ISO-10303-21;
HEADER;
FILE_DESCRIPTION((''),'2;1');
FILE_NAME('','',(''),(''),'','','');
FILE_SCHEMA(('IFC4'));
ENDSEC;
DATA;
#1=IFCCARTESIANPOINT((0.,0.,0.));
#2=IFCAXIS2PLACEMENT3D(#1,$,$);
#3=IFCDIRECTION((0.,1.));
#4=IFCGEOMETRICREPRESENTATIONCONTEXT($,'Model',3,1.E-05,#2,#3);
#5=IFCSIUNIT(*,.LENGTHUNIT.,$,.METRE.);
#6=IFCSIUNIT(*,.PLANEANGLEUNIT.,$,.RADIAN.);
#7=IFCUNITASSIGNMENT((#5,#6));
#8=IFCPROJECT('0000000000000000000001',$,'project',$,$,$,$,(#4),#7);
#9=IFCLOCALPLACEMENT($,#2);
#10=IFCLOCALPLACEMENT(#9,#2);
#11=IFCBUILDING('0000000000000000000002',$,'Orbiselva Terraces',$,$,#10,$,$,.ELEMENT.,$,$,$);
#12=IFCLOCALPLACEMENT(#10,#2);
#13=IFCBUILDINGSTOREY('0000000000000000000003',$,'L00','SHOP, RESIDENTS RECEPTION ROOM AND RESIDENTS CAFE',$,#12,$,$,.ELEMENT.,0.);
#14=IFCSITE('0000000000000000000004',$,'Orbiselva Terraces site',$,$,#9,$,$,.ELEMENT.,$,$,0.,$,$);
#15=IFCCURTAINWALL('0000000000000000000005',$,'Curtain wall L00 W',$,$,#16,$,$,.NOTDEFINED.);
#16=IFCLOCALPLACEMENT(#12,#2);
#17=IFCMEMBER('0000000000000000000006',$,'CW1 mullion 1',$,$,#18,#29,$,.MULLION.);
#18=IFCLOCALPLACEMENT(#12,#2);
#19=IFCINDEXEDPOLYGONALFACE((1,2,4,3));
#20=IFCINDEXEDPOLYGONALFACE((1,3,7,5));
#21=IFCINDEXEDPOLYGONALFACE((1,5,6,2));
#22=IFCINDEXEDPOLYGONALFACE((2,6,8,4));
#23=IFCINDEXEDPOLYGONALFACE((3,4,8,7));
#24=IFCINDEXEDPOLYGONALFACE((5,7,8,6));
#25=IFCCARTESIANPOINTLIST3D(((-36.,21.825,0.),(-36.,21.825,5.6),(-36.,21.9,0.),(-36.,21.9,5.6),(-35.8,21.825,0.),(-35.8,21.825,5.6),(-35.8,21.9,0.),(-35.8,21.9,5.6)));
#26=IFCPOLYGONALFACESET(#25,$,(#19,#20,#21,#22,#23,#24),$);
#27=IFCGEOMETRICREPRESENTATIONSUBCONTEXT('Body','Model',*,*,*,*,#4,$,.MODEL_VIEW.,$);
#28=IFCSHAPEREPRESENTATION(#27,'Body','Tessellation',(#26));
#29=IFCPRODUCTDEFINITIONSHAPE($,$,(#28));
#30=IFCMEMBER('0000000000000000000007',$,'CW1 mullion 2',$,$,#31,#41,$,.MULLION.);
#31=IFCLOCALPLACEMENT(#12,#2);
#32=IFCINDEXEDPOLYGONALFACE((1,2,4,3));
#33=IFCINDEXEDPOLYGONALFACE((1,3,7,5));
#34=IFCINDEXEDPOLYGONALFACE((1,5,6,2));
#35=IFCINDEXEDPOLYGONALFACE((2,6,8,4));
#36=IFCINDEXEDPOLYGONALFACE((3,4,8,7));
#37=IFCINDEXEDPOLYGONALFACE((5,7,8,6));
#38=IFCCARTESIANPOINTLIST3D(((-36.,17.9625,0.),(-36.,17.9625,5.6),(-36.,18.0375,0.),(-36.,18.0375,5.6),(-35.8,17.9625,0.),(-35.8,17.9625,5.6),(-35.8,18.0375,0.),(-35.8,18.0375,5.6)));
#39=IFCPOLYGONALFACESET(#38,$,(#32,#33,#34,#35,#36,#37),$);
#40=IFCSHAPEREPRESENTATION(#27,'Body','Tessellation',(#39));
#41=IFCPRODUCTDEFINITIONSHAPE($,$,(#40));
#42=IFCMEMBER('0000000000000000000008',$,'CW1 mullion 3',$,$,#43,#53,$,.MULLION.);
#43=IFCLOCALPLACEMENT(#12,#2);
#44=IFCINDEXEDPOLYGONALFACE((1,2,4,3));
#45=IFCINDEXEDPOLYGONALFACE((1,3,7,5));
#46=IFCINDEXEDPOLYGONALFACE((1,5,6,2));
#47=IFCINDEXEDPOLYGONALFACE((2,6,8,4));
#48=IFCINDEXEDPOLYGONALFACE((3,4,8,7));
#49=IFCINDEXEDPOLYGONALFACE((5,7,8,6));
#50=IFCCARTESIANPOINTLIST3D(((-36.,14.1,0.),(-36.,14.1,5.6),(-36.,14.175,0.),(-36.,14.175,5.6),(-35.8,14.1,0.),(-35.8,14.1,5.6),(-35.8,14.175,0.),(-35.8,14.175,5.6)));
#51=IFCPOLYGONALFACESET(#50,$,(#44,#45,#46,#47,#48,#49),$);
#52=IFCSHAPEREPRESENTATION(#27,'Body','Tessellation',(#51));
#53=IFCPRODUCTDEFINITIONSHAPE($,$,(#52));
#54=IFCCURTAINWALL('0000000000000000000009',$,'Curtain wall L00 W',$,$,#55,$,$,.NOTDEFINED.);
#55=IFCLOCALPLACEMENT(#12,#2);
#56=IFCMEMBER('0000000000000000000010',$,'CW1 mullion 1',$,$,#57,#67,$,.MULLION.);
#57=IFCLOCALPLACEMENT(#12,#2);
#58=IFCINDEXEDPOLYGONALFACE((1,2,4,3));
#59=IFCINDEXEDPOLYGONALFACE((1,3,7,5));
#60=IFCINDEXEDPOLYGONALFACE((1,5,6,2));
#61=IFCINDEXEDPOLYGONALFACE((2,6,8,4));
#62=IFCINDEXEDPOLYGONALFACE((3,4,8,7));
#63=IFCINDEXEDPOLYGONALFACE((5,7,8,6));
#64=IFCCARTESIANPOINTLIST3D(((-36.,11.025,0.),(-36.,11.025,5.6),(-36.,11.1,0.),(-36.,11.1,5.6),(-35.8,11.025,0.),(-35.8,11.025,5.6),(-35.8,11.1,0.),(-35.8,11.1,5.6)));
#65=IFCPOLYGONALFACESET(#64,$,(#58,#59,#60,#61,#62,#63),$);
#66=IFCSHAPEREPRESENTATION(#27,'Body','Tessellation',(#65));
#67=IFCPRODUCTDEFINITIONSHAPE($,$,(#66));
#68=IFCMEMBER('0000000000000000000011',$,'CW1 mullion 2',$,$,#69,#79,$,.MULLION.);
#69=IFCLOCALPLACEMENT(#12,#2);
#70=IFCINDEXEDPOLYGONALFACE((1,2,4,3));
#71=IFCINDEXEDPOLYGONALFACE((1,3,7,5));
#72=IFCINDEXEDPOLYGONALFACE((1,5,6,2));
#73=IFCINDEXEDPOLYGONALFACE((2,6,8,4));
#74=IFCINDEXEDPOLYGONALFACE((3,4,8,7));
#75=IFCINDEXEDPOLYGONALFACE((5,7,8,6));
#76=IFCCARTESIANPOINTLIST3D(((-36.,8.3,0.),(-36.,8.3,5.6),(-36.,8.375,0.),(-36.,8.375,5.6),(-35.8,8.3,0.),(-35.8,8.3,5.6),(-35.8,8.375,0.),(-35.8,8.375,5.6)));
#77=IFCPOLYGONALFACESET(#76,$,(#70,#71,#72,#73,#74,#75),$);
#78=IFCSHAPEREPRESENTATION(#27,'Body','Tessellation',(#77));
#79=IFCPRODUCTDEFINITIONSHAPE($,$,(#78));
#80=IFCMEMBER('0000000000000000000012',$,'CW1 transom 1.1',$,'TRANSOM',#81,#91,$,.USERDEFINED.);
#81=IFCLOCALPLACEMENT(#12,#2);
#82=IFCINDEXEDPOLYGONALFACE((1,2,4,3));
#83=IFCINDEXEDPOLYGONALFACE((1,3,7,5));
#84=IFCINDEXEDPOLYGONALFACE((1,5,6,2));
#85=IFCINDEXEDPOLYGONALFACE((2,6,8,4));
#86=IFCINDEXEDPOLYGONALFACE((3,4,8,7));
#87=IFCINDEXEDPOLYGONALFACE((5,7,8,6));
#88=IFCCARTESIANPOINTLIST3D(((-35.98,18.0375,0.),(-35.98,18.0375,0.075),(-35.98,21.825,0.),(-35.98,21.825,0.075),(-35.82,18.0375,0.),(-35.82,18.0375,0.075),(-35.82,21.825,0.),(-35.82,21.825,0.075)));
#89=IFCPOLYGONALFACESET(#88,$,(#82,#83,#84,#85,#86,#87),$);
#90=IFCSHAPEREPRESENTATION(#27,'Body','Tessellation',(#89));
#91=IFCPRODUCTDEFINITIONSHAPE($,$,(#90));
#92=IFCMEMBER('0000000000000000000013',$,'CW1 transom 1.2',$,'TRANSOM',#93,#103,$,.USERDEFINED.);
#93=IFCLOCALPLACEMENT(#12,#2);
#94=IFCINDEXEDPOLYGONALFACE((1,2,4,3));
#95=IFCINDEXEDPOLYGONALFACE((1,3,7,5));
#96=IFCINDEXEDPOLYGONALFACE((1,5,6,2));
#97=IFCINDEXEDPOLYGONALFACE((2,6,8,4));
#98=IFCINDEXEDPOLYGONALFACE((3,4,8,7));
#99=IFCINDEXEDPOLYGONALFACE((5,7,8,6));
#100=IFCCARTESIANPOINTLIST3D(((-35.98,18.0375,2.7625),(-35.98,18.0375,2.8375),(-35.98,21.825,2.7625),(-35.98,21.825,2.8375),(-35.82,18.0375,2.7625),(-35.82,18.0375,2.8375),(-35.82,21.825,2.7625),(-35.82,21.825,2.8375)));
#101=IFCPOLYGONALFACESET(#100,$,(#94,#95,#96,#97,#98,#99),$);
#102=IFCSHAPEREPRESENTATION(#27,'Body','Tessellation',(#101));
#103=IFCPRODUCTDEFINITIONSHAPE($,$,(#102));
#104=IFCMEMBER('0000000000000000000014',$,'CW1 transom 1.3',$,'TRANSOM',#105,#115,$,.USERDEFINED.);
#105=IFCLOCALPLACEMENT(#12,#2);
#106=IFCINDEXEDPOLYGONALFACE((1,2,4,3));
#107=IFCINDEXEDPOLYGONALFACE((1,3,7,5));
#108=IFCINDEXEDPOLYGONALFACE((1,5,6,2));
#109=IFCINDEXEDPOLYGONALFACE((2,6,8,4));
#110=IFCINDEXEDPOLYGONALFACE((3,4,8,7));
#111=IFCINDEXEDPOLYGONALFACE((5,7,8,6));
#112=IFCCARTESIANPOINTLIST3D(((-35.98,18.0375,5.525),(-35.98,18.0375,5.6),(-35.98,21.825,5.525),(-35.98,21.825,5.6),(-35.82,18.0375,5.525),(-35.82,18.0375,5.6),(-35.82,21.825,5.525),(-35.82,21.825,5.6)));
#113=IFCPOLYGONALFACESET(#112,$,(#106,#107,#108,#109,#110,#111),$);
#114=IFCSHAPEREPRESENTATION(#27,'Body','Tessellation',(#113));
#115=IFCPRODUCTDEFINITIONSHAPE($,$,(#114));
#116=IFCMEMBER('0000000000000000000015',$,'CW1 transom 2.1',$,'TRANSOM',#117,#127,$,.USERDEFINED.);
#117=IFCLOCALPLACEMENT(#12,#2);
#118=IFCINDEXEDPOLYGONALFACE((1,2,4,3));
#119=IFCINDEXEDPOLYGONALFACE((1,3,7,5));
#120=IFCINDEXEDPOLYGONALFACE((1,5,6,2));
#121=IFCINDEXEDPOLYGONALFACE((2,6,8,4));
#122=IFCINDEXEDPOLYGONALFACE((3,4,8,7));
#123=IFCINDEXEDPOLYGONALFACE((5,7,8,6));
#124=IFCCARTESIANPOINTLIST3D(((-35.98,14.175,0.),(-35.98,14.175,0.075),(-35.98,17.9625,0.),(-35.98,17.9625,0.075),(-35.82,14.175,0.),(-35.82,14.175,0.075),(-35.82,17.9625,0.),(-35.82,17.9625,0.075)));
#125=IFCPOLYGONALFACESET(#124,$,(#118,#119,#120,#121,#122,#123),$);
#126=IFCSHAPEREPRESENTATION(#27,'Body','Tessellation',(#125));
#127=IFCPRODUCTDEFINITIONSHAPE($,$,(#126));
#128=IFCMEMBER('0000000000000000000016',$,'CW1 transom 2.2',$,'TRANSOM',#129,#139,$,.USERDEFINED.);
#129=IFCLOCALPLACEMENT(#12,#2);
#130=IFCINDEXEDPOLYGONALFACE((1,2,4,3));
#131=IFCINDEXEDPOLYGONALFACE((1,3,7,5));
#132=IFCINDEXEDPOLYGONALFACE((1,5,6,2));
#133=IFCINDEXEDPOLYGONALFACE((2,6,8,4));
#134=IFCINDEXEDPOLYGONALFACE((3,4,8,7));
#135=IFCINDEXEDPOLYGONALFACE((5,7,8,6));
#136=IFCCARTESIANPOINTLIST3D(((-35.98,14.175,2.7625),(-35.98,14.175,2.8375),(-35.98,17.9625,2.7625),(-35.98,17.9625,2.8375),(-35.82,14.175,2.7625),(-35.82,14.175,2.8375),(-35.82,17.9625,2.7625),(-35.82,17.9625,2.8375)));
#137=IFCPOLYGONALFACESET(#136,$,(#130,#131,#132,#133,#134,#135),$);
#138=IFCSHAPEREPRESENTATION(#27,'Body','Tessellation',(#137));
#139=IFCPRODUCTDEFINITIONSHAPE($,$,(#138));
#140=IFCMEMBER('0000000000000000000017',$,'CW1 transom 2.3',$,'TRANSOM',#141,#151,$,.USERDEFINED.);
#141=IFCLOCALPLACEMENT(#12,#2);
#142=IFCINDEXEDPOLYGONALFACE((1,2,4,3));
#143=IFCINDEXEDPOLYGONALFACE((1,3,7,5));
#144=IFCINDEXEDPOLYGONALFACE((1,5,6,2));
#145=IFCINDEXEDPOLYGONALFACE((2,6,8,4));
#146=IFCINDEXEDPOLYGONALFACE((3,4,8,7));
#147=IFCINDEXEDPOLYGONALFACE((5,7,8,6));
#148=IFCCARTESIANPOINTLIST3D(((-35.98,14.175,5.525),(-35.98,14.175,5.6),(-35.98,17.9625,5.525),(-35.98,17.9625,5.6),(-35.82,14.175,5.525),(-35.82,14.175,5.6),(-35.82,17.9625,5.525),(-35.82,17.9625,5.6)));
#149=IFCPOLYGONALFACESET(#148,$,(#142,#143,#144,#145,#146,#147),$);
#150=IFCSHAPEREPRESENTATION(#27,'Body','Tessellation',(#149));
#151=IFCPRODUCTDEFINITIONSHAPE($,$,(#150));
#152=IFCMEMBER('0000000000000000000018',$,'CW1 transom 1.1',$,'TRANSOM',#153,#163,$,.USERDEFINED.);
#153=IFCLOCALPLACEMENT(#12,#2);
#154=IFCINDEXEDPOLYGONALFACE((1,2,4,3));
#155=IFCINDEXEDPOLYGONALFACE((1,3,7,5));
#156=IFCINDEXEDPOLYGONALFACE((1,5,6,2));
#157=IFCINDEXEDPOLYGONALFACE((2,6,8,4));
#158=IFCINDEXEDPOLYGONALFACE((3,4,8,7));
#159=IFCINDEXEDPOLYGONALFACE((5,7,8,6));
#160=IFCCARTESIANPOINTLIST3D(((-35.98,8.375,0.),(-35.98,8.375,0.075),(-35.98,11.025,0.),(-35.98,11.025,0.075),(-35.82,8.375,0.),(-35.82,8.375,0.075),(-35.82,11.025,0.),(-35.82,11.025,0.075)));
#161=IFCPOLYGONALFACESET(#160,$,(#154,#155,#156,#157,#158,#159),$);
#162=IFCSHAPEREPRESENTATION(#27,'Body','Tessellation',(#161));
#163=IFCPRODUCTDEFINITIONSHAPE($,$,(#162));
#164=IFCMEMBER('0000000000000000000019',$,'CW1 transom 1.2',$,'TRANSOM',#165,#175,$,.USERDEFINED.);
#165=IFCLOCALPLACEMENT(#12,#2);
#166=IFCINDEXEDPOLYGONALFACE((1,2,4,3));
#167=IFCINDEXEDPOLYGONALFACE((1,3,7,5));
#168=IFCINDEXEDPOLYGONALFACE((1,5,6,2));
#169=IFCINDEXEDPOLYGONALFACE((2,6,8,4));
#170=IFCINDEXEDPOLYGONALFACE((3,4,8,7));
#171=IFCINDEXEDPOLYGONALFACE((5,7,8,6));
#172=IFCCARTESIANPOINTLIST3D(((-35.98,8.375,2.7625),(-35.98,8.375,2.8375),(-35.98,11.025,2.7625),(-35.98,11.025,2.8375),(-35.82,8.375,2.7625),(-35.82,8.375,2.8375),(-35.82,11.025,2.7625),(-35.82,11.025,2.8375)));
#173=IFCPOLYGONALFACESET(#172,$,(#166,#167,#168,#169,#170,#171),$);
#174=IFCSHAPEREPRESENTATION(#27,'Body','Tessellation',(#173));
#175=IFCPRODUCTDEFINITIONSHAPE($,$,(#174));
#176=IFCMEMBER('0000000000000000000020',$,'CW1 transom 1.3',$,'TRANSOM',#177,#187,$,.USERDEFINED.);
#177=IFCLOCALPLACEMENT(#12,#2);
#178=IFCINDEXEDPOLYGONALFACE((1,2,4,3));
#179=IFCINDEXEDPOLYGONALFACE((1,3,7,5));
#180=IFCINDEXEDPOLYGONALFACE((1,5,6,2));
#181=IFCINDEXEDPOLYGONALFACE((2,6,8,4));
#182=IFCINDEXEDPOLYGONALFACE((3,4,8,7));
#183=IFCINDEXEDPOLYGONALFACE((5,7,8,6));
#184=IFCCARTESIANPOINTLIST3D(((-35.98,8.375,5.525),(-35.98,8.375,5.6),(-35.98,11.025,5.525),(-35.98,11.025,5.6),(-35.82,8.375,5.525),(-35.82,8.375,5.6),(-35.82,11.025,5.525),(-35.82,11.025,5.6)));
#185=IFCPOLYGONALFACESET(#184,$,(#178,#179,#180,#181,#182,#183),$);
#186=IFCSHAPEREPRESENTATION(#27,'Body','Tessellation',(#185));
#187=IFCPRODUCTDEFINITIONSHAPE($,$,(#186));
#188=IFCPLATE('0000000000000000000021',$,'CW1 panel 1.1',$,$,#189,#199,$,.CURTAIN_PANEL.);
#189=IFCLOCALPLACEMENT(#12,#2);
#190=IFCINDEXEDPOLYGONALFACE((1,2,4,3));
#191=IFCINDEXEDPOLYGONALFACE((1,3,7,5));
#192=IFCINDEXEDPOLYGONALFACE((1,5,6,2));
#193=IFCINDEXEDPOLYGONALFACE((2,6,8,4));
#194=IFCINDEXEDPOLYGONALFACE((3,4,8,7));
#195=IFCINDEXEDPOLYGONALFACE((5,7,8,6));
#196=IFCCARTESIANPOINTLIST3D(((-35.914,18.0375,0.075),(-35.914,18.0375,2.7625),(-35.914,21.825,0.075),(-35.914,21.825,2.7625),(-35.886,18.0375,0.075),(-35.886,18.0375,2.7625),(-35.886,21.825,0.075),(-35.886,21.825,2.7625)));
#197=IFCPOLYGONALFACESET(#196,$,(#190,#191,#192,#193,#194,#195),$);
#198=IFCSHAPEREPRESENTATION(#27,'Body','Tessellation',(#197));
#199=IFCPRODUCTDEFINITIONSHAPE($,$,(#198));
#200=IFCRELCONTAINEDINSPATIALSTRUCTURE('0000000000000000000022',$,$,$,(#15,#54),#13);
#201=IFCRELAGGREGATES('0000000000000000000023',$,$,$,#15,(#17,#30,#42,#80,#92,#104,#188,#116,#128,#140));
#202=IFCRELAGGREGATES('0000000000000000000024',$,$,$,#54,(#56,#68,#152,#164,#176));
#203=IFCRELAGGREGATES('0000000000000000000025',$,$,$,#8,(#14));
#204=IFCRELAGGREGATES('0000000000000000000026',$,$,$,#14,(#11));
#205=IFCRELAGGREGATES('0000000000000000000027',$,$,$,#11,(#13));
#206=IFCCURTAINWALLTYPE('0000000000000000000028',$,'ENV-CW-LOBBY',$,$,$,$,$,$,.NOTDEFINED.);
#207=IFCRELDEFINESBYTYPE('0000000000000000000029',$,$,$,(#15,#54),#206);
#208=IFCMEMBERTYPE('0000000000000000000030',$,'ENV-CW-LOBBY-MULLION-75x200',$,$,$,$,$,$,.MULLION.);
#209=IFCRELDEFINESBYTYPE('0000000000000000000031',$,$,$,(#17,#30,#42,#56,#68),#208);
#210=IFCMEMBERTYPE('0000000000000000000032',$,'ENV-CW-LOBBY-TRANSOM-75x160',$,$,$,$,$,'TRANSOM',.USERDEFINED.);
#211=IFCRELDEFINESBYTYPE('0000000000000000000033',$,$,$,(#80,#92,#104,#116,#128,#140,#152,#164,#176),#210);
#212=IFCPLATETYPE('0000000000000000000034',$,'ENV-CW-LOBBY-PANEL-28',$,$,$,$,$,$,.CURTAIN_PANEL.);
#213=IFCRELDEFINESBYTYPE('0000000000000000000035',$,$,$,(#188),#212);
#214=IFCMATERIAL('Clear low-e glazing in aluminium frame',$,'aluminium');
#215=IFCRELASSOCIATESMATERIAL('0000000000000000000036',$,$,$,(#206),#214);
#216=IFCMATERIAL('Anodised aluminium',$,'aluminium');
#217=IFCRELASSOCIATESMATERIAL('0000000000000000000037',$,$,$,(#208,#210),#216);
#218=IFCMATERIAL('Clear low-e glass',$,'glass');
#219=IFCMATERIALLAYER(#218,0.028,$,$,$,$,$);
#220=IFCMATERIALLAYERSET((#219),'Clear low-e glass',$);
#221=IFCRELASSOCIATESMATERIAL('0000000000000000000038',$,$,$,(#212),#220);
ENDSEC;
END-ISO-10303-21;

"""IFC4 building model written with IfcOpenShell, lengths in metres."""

from ifc_helpers import new_model, si_unit, direction, frame, origin, origin_2d, place, context, subcontext, project, spatial, rectangle, extrude, material, layer, layer_set, material_profile, profile_set, type_object, element, aggregate, save


model = new_model("IFC4")

# Units and contexts
model_context = context("Model", 3, precision=1e-05, world=origin(), true_north=direction((0.0, 1.0)))
body_context = subcontext(model_context, "Body", "Model", "MODEL_VIEW")
ifc_project = project(units=[si_unit("LENGTHUNIT", "METRE"), si_unit("PLANEANGLEUNIT", "RADIAN")], contexts=[model_context])

# Site, building, storey
site_placement = place(None, origin())
site = spatial("IfcSite", under=ifc_project, at=site_placement, Name="Orbiselva Terraces site", CompositionType="ELEMENT", RefElevation=0.0)
building_placement = place(site_placement, origin())
building = spatial("IfcBuilding", under=site, at=building_placement, Name="Orbiselva Terraces", CompositionType="ELEMENT")
storey_placement = place(building_placement, origin())
storey = spatial("IfcBuildingStorey", under=building, at=storey_placement, Name="L00", Description="SHOP, RESIDENTS RECEPTION ROOM AND RESIDENTS CAFE", CompositionType="ELEMENT", Elevation=0.0)

# Curtain walls, members
ifc_material_1 = material(Name="Clear low-e glazing in aluminium frame", Category="aluminium")
curtain_wall_type = type_object("IfcCurtainWallType", Name="ENV-CW-LOBBY", PredefinedType="NOTDEFINED", material=ifc_material_1)
curtain_wall_1_placement = place(storey_placement, origin())
curtain_wall_1 = element("IfcCurtainWall", 1, at=curtain_wall_1_placement, inside=storey, type_object=curtain_wall_type, Name="Curtain wall L00 W", PredefinedType="NOTDEFINED")
ifc_material_2 = material(Name="Anodised aluminium", Category="aluminium")
ifc_material_profile_1 = material_profile(ifc_material_2, rectangle(XDim=0.2, YDim=0.075, at=origin_2d()), Name="AL 75x200")
ifc_profile_set_1 = profile_set([ifc_material_profile_1], Name="Anodised aluminium")
member_type_1 = type_object("IfcMemberType", Name="ENV-CW-LOBBY-MULLION-75x200", PredefinedType="MULLION", material=ifc_profile_set_1)
member_1_placement = place(storey_placement, frame((-35.9, 21.8625, 0.0), z_axis=(0.0, 0.0, 1.0), x_axis=(1.0, 0.0, 0.0)))
member_1 = element("IfcMember", 2, at=member_1_placement, type_object=member_type_1, Name="CW1 mullion 1", PredefinedType="MULLION", context=body_context, shape_type="SweptSolid", body=[
    extrude(rectangle(XDim=0.2, YDim=0.075, at=origin_2d()), origin(), (0.0, 0.0, 1.0), 5.6),
])
member_2_placement = place(storey_placement, frame((-35.9, 18.0, 0.0), z_axis=(0.0, 0.0, 1.0), x_axis=(1.0, 0.0, 0.0)))
member_2 = element("IfcMember", 3, at=member_2_placement, type_object=member_type_1, Name="CW1 mullion 2", PredefinedType="MULLION", context=body_context, shape_type="SweptSolid", body=[
    extrude(rectangle(XDim=0.2, YDim=0.075, at=origin_2d()), origin(), (0.0, 0.0, 1.0), 5.6),
])
member_3_placement = place(storey_placement, frame((-35.9, 14.1375, 0.0), z_axis=(0.0, 0.0, 1.0), x_axis=(1.0, 0.0, 0.0)))
member_3 = element("IfcMember", 4, at=member_3_placement, type_object=member_type_1, Name="CW1 mullion 3", PredefinedType="MULLION", context=body_context, shape_type="SweptSolid", body=[
    extrude(rectangle(XDim=0.2, YDim=0.075, at=origin_2d()), origin(), (0.0, 0.0, 1.0), 5.6),
])
curtain_wall_2_placement = place(storey_placement, origin())
curtain_wall_2 = element("IfcCurtainWall", 5, at=curtain_wall_2_placement, inside=storey, type_object=curtain_wall_type, Name="Curtain wall L00 W", PredefinedType="NOTDEFINED")
member_4_placement = place(storey_placement, frame((-35.9, 11.0625, 0.0), z_axis=(0.0, 0.0, 1.0), x_axis=(1.0, 0.0, 0.0)))
member_4 = element("IfcMember", 6, at=member_4_placement, type_object=member_type_1, Name="CW1 mullion 1", PredefinedType="MULLION", context=body_context, shape_type="SweptSolid", body=[
    extrude(rectangle(XDim=0.2, YDim=0.075, at=origin_2d()), origin(), (0.0, 0.0, 1.0), 5.6),
])
member_5_placement = place(storey_placement, frame((-35.9, 8.3375, 0.0), z_axis=(0.0, 0.0, 1.0), x_axis=(1.0, 0.0, 0.0)))
member_5 = element("IfcMember", 7, at=member_5_placement, type_object=member_type_1, Name="CW1 mullion 2", PredefinedType="MULLION", context=body_context, shape_type="SweptSolid", body=[
    extrude(rectangle(XDim=0.2, YDim=0.075, at=origin_2d()), origin(), (0.0, 0.0, 1.0), 5.6),
])

# Members
ifc_material_profile_2 = material_profile(ifc_material_2, rectangle(XDim=0.16, YDim=0.075, at=origin_2d()), Name="AL 75x160")
ifc_profile_set_2 = profile_set([ifc_material_profile_2], Name="Anodised aluminium")
member_type_2 = type_object("IfcMemberType", Name="ENV-CW-LOBBY-TRANSOM-75x160", ElementType="TRANSOM", PredefinedType="USERDEFINED", material=ifc_profile_set_2)
member_6_placement = place(storey_placement, frame((-35.9, 21.825, 0.0375), z_axis=(0.0, -1.0, 0.0), x_axis=(1.0, 0.0, 0.0)))
member_6 = element("IfcMember", 8, at=member_6_placement, type_object=member_type_2, Name="CW1 transom 1.1", ObjectType="TRANSOM", PredefinedType="USERDEFINED", context=body_context, shape_type="SweptSolid", body=[
    extrude(rectangle(XDim=0.16, YDim=0.075, at=origin_2d()), origin(), (0.0, 0.0, 1.0), 3.7875),
])
member_7_placement = place(storey_placement, frame((-35.9, 21.825, 2.8), z_axis=(0.0, -1.0, 0.0), x_axis=(1.0, 0.0, 0.0)))
member_7 = element("IfcMember", 9, at=member_7_placement, type_object=member_type_2, Name="CW1 transom 1.2", ObjectType="TRANSOM", PredefinedType="USERDEFINED", context=body_context, shape_type="SweptSolid", body=[
    extrude(rectangle(XDim=0.16, YDim=0.075, at=origin_2d()), origin(), (0.0, 0.0, 1.0), 3.7875),
])
member_8_placement = place(storey_placement, frame((-35.9, 21.825, 5.5625), z_axis=(0.0, -1.0, 0.0), x_axis=(1.0, 0.0, 0.0)))
member_8 = element("IfcMember", 10, at=member_8_placement, type_object=member_type_2, Name="CW1 transom 1.3", ObjectType="TRANSOM", PredefinedType="USERDEFINED", context=body_context, shape_type="SweptSolid", body=[
    extrude(rectangle(XDim=0.16, YDim=0.075, at=origin_2d()), origin(), (0.0, 0.0, 1.0), 3.7875),
])
member_9_placement = place(storey_placement, frame((-35.9, 17.9625, 0.0375), z_axis=(0.0, -1.0, 0.0), x_axis=(1.0, 0.0, 0.0)))
member_9 = element("IfcMember", 11, at=member_9_placement, type_object=member_type_2, Name="CW1 transom 2.1", ObjectType="TRANSOM", PredefinedType="USERDEFINED", context=body_context, shape_type="SweptSolid", body=[
    extrude(rectangle(XDim=0.16, YDim=0.075, at=origin_2d()), origin(), (0.0, 0.0, 1.0), 3.7875),
])
member_10_placement = place(storey_placement, frame((-35.9, 17.9625, 2.8), z_axis=(0.0, -1.0, 0.0), x_axis=(1.0, 0.0, 0.0)))
member_10 = element("IfcMember", 12, at=member_10_placement, type_object=member_type_2, Name="CW1 transom 2.2", ObjectType="TRANSOM", PredefinedType="USERDEFINED", context=body_context, shape_type="SweptSolid", body=[
    extrude(rectangle(XDim=0.16, YDim=0.075, at=origin_2d()), origin(), (0.0, 0.0, 1.0), 3.7875),
])
member_11_placement = place(storey_placement, frame((-35.9, 17.9625, 5.5625), z_axis=(0.0, -1.0, 0.0), x_axis=(1.0, 0.0, 0.0)))
member_11 = element("IfcMember", 13, at=member_11_placement, type_object=member_type_2, Name="CW1 transom 2.3", ObjectType="TRANSOM", PredefinedType="USERDEFINED", context=body_context, shape_type="SweptSolid", body=[
    extrude(rectangle(XDim=0.16, YDim=0.075, at=origin_2d()), origin(), (0.0, 0.0, 1.0), 3.7875),
])
member_12_placement = place(storey_placement, frame((-35.9, 11.025, 0.0375), z_axis=(0.0, -1.0, 0.0), x_axis=(1.0, 0.0, 0.0)))
member_12 = element("IfcMember", 14, at=member_12_placement, type_object=member_type_2, Name="CW1 transom 1.1", ObjectType="TRANSOM", PredefinedType="USERDEFINED", context=body_context, shape_type="SweptSolid", body=[
    extrude(rectangle(XDim=0.16, YDim=0.075, at=origin_2d()), origin(), (0.0, 0.0, 1.0), 2.65),
])
member_13_placement = place(storey_placement, frame((-35.9, 11.025, 2.8), z_axis=(0.0, -1.0, 0.0), x_axis=(1.0, 0.0, 0.0)))
member_13 = element("IfcMember", 15, at=member_13_placement, type_object=member_type_2, Name="CW1 transom 1.2", ObjectType="TRANSOM", PredefinedType="USERDEFINED", context=body_context, shape_type="SweptSolid", body=[
    extrude(rectangle(XDim=0.16, YDim=0.075, at=origin_2d()), origin(), (0.0, 0.0, 1.0), 2.65),
])
member_14_placement = place(storey_placement, frame((-35.9, 11.025, 5.5625), z_axis=(0.0, -1.0, 0.0), x_axis=(1.0, 0.0, 0.0)))
member_14 = element("IfcMember", 16, at=member_14_placement, type_object=member_type_2, Name="CW1 transom 1.3", ObjectType="TRANSOM", PredefinedType="USERDEFINED", context=body_context, shape_type="SweptSolid", body=[
    extrude(rectangle(XDim=0.16, YDim=0.075, at=origin_2d()), origin(), (0.0, 0.0, 1.0), 2.65),
])

# Plate
ifc_material_3 = material(Name="Clear low-e glass", Category="glass")
ifc_layer_1 = layer(ifc_material_3, 0.028)
ifc_layer_set_1 = layer_set([ifc_layer_1], Name="Clear low-e glass")
plate_type = type_object("IfcPlateType", Name="ENV-CW-LOBBY-PANEL-28", PredefinedType="CURTAIN_PANEL", material=ifc_layer_set_1)
plate_1_placement = place(storey_placement, frame((-35.9, 19.9312, 0.075), z_axis=(0.0, 0.0, 1.0), x_axis=(0.0, -1.0, 0.0)))
plate_1 = element("IfcPlate", 17, at=plate_1_placement, type_object=plate_type, Name="CW1 panel 1.1", PredefinedType="CURTAIN_PANEL", context=body_context, shape_type="SweptSolid", body=[
    extrude(rectangle(XDim=3.7875, YDim=0.028, at=origin_2d()), origin(), (0.0, 0.0, 1.0), 2.6875),
])
aggregate(curtain_wall_1, [member_1, member_2, member_3, member_6, member_7, member_8, plate_1, member_9, member_10, member_11])
aggregate(curtain_wall_2, [member_4, member_5, member_12, member_13, member_14])

save(model, "model.ifc")
